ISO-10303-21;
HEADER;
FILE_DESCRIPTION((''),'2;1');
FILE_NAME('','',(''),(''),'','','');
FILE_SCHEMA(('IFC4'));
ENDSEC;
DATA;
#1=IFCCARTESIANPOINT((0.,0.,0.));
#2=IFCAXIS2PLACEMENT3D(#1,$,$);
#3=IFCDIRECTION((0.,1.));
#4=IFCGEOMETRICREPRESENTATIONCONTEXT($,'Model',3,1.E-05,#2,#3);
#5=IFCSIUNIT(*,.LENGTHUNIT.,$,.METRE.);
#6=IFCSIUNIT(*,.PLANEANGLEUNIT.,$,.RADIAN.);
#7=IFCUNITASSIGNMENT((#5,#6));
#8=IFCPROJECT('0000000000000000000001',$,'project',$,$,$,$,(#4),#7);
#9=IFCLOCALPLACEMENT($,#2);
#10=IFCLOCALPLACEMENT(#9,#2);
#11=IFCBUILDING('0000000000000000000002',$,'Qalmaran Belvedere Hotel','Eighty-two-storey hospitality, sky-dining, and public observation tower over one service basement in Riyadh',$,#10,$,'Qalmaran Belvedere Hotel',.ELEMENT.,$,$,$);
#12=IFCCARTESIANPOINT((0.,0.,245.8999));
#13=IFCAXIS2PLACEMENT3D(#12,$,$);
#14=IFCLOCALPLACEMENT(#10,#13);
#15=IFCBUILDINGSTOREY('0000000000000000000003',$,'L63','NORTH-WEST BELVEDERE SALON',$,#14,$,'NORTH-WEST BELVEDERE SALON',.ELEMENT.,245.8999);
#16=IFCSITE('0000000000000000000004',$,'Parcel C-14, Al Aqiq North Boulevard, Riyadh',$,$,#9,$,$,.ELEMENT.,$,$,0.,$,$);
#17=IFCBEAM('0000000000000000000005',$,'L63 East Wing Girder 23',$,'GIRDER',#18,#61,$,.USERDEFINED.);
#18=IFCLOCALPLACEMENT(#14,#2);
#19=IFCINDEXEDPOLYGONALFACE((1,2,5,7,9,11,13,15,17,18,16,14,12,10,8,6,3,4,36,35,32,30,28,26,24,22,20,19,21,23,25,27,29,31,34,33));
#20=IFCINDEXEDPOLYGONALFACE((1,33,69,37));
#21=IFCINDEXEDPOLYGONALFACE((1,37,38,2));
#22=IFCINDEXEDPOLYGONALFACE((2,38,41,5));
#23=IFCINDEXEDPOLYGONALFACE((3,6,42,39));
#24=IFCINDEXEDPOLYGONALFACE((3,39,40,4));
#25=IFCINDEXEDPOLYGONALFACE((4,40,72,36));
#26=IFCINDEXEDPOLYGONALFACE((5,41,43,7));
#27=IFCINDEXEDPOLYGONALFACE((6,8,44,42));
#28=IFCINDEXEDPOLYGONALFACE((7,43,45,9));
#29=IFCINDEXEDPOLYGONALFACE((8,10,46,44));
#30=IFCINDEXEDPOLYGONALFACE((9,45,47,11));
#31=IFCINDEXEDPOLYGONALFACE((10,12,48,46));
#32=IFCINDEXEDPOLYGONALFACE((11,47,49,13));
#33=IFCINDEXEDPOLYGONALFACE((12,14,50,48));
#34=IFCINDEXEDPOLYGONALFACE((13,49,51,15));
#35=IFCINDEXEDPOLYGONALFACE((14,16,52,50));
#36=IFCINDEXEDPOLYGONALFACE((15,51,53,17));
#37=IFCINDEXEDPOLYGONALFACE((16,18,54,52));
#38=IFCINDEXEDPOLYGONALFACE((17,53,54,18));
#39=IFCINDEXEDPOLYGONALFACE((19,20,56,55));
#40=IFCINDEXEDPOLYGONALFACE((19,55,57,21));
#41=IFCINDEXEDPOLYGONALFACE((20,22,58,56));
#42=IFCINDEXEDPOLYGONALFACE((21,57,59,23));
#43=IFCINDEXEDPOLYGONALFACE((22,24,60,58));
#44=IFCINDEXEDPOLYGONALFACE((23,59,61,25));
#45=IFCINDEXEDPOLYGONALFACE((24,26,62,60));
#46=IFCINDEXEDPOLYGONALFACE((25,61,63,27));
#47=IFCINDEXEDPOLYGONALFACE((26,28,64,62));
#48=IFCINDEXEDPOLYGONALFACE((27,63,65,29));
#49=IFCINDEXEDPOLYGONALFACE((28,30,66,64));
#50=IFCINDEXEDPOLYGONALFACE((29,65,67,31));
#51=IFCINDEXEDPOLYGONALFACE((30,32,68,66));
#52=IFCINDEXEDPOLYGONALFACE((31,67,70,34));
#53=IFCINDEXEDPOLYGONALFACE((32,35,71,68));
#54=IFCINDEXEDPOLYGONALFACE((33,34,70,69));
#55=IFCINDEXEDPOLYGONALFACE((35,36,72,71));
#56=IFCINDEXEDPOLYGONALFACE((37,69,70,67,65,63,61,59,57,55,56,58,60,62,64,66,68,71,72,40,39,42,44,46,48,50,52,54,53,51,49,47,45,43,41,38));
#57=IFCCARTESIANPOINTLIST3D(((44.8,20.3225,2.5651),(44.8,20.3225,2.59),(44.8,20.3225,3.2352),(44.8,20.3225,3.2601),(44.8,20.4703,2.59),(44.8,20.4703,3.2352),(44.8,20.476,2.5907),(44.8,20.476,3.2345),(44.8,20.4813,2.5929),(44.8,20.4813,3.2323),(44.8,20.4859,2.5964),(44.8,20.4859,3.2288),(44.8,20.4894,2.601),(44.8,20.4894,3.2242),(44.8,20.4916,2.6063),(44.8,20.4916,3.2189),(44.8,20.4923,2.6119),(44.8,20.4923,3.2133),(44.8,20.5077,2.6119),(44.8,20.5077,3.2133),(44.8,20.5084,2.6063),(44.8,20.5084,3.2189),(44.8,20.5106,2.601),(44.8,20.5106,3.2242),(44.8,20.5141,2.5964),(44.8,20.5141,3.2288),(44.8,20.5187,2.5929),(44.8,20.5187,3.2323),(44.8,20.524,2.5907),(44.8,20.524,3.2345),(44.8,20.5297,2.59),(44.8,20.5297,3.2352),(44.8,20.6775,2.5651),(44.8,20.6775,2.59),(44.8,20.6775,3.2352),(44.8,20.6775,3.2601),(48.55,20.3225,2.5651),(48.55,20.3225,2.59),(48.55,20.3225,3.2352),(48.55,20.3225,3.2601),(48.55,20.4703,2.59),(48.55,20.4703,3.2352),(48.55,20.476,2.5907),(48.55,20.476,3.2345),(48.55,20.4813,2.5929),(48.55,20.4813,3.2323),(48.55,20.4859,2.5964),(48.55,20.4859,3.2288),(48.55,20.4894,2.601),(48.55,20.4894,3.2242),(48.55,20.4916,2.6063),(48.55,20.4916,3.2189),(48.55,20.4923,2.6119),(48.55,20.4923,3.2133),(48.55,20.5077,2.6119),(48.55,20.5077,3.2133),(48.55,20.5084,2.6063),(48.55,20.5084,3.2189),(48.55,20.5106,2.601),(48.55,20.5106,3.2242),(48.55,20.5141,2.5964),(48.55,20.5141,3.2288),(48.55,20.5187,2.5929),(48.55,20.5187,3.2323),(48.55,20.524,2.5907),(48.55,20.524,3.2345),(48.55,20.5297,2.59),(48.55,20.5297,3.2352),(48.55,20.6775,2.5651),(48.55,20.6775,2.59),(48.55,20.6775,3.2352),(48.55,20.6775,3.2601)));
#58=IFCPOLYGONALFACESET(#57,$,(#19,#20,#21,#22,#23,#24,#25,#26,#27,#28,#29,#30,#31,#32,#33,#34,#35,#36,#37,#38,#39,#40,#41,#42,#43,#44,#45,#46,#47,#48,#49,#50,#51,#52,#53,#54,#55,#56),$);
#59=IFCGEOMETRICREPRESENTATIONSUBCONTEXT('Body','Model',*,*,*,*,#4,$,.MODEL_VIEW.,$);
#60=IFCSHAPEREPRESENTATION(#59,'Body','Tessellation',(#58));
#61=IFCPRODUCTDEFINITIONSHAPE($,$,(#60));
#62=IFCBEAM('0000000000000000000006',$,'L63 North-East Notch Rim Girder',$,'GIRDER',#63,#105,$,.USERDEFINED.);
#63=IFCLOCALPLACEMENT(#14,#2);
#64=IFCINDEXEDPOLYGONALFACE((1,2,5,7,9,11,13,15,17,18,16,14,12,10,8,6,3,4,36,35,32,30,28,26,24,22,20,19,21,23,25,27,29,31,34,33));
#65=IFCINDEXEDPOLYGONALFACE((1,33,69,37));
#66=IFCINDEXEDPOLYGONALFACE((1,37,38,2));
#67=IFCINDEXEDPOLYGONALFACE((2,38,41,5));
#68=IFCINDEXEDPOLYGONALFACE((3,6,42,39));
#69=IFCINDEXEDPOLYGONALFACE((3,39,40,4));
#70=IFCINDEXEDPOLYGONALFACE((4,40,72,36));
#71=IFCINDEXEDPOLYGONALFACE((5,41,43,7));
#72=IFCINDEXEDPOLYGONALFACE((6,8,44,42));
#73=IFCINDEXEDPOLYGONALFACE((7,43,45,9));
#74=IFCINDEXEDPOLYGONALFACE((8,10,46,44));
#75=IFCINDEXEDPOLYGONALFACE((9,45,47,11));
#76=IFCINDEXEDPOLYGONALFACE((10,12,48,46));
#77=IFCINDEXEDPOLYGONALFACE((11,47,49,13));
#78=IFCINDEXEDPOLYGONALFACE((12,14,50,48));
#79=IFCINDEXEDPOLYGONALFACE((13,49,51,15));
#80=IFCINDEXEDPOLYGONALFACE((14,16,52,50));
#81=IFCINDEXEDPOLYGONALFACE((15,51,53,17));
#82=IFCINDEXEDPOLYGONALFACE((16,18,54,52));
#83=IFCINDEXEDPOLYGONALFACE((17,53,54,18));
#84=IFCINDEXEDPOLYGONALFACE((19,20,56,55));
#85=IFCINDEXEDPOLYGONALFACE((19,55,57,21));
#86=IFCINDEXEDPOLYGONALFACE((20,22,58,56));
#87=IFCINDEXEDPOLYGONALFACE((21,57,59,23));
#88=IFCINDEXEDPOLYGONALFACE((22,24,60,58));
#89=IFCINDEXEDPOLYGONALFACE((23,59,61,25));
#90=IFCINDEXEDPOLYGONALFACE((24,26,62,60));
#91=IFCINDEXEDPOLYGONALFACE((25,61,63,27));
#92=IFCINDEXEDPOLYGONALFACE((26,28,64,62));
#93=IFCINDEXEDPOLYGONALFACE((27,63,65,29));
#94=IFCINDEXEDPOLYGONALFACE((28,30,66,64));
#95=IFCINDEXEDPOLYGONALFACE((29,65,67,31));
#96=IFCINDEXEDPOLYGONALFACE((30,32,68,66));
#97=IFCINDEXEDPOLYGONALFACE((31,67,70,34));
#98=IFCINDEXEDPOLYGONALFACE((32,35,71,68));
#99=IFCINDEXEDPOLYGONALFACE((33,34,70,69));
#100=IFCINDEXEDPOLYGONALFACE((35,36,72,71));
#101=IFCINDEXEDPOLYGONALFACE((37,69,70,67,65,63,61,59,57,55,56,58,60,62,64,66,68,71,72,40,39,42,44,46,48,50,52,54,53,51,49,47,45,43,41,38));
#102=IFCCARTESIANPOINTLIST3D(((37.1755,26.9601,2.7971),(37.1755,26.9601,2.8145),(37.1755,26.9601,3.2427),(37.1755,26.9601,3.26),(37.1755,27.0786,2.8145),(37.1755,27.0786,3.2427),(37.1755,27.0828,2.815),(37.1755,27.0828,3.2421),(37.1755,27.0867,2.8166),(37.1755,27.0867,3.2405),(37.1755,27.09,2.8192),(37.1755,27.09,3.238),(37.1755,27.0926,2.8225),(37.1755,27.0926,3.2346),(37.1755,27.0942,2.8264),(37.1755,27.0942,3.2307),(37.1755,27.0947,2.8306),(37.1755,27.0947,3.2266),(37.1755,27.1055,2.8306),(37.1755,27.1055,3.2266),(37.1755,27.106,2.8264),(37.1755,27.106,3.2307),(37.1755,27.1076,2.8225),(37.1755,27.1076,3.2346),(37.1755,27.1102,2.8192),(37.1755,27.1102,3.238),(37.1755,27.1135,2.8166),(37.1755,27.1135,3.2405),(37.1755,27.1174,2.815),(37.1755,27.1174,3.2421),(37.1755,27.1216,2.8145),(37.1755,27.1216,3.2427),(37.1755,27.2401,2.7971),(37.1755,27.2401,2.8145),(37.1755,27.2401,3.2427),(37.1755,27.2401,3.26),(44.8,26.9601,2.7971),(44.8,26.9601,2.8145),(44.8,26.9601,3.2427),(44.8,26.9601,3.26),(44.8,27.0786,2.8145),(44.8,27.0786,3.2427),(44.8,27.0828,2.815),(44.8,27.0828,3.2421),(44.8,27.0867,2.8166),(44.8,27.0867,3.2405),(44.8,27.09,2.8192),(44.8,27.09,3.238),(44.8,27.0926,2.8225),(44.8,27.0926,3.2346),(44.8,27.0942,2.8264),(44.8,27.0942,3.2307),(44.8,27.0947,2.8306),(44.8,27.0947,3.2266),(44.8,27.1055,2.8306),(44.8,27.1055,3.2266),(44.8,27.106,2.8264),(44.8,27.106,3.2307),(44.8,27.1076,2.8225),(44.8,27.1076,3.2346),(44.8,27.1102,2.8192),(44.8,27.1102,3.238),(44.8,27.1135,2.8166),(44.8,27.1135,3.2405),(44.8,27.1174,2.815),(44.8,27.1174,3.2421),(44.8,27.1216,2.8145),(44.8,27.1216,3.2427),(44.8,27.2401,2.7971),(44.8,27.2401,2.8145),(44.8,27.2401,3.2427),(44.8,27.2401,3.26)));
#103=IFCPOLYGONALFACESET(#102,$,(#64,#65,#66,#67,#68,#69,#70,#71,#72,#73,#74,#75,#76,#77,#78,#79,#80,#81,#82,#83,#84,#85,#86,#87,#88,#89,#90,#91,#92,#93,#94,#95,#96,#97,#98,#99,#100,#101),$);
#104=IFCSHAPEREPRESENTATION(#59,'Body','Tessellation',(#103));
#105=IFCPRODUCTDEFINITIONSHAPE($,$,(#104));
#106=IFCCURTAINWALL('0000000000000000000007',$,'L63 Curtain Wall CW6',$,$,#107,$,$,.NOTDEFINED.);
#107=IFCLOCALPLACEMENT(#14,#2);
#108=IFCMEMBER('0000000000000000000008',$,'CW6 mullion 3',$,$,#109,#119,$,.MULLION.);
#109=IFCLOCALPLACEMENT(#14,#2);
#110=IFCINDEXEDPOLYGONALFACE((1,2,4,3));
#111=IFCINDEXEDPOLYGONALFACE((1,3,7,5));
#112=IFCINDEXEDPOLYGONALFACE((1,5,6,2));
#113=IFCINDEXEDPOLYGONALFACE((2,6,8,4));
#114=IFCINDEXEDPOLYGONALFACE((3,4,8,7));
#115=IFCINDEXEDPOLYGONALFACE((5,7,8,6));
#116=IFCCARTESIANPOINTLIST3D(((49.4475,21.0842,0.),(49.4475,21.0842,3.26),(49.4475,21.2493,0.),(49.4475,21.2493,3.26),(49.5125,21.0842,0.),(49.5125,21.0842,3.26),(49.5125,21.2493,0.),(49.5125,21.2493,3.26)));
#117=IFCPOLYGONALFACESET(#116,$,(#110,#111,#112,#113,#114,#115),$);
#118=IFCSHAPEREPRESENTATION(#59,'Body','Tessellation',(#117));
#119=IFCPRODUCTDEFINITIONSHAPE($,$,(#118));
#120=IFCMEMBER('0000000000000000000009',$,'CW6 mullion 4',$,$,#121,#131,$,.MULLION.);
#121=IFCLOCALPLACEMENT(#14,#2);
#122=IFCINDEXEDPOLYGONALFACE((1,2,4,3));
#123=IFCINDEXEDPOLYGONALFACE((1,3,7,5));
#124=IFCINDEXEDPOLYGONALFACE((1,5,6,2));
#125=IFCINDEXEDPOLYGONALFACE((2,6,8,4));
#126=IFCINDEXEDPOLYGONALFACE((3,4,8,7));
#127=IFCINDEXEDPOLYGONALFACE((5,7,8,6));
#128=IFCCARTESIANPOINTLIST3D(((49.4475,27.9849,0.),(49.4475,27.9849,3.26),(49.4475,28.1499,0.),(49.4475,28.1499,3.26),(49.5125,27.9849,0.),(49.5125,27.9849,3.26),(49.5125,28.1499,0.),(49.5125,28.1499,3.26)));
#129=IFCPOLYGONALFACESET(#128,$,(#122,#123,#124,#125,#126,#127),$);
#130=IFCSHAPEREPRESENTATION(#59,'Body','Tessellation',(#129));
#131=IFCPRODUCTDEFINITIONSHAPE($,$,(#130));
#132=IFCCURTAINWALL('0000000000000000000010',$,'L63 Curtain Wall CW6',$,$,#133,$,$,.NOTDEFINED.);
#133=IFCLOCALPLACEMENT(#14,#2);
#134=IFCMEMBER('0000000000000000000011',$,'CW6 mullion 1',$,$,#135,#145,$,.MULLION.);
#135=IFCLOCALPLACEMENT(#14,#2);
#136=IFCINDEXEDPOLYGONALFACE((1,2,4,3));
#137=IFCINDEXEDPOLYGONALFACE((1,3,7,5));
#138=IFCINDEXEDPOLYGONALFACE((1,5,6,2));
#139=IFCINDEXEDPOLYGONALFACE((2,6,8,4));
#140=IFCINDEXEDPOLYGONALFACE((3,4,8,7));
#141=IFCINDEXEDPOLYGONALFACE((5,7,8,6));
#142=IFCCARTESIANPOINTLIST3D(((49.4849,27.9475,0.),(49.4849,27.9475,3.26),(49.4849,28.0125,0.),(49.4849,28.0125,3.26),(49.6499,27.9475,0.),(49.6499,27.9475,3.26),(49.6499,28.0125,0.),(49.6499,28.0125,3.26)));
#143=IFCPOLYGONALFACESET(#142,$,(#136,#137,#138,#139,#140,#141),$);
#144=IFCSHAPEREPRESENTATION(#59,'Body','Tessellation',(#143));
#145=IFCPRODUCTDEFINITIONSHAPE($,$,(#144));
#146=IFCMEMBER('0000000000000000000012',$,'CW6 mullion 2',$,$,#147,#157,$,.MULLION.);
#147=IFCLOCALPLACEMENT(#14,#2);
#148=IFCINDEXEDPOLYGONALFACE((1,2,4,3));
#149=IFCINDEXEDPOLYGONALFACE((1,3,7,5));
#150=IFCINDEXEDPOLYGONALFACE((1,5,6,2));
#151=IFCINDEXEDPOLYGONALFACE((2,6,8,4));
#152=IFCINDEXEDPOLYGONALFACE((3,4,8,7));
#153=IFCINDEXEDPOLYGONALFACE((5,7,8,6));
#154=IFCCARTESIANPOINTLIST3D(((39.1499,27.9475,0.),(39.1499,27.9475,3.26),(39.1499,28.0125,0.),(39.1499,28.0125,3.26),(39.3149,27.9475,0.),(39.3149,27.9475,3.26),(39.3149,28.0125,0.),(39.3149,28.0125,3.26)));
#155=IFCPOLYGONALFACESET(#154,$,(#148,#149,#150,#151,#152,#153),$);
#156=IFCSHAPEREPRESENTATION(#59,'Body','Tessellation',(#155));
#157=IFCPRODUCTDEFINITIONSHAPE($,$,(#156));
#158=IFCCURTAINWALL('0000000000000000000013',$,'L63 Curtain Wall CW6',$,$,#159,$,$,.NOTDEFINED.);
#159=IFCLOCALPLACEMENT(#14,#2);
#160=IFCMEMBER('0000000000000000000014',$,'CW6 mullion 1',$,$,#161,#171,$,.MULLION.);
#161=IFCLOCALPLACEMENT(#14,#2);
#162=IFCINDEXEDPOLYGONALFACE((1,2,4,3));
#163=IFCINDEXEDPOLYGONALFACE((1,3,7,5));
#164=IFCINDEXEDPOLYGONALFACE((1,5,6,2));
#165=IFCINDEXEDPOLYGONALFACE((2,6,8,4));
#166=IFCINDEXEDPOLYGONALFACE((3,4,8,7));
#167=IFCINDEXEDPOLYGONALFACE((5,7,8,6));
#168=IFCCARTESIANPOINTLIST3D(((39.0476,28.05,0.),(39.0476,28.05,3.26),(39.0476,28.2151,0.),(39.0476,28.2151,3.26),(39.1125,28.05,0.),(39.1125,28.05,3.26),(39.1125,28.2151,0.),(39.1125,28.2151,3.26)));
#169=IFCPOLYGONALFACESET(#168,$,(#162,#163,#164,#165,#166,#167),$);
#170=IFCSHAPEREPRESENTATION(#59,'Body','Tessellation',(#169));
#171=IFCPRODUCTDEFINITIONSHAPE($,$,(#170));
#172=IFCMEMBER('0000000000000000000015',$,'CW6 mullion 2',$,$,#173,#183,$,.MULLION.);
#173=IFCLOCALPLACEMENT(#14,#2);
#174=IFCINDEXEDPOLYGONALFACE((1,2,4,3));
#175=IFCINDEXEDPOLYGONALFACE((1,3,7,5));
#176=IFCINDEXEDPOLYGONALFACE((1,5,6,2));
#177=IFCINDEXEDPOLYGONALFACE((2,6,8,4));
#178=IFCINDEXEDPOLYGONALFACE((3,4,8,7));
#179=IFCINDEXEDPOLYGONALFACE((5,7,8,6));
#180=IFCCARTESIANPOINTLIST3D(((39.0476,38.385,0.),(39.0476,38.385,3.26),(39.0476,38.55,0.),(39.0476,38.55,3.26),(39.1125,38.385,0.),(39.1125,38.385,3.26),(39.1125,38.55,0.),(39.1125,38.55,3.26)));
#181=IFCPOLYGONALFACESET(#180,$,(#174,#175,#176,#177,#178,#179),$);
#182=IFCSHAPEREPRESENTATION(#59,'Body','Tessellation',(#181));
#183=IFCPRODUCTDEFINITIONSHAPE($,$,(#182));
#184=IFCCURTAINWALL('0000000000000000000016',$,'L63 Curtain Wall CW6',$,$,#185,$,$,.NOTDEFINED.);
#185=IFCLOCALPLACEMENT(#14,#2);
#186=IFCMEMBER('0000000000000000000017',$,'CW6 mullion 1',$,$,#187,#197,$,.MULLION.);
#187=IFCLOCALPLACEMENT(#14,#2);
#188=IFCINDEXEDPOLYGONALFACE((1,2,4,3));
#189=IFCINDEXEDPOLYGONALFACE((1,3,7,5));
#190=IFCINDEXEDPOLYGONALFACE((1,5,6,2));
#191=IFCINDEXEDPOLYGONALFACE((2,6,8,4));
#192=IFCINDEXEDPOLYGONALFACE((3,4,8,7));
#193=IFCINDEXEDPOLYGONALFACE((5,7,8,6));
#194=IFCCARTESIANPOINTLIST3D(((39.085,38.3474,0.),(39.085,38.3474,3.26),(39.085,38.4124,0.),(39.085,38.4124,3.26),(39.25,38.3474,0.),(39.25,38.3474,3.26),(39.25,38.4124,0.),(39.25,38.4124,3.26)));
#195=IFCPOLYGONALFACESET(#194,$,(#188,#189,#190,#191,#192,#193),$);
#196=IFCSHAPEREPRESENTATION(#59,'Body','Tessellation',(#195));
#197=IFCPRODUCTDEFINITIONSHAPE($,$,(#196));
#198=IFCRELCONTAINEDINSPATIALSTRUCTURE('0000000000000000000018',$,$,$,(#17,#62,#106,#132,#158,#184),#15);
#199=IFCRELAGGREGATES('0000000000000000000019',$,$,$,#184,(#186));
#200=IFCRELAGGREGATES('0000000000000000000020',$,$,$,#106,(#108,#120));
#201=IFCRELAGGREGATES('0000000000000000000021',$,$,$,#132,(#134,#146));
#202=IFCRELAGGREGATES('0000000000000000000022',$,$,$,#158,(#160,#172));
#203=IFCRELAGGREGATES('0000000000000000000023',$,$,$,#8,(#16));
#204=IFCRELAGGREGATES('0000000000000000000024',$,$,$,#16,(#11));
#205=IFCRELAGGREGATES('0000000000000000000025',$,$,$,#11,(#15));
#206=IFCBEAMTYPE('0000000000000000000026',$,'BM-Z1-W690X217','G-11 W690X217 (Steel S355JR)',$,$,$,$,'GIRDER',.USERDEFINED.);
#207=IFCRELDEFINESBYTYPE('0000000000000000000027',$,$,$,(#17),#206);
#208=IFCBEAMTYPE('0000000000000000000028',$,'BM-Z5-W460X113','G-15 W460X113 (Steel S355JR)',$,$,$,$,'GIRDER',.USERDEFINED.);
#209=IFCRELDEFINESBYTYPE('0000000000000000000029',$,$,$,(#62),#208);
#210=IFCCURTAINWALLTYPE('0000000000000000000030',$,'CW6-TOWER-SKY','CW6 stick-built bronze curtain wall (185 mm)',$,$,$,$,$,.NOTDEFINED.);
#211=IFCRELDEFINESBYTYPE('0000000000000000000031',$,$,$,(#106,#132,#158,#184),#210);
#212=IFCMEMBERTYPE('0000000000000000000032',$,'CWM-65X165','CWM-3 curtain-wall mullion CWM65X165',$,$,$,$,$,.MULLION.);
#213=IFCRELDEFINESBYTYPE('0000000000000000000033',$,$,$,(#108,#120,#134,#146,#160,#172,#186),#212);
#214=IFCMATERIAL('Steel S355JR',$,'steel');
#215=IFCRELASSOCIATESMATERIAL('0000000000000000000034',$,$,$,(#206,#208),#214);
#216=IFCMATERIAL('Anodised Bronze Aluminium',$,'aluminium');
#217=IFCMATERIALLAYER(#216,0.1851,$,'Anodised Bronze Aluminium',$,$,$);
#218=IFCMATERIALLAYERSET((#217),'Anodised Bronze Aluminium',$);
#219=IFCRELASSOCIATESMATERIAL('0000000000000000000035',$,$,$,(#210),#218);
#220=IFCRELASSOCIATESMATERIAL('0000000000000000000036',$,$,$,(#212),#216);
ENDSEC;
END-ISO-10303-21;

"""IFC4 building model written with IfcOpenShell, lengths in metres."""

from ifc_helpers import new_model, si_unit, direction, frame, origin, origin_2d, place, context, subcontext, project, spatial, rectangle, i_section, extrude, material, layer, layer_set, material_profile, profile_set, type_object, element, aggregate, save


model = new_model("IFC4")

# Units and contexts
model_context = context("Model", 3, precision=1e-05, world=origin(), true_north=direction((0.0, 1.0)))
body_context = subcontext(model_context, "Body", "Model", "MODEL_VIEW")
ifc_project = project(units=[si_unit("LENGTHUNIT", "METRE"), si_unit("PLANEANGLEUNIT", "RADIAN")], contexts=[model_context])

# Site, building, storey
site_placement = place(None, origin())
site = spatial("IfcSite", under=ifc_project, at=site_placement, Name="Parcel C-14, Al Aqiq North Boulevard, Riyadh", CompositionType="ELEMENT", RefElevation=0.0)
building_placement = place(site_placement, origin())
building = spatial("IfcBuilding", under=site, at=building_placement, Name="Qalmaran Belvedere Hotel", Description="Eighty-two-storey hospitality, sky-dining, and public observation tower over one service basement in Riyadh", LongName="Qalmaran Belvedere Hotel", CompositionType="ELEMENT")
storey_placement = place(building_placement, frame((0.0, 0.0, 245.8999)))
storey = spatial("IfcBuildingStorey", under=building, at=storey_placement, Name="L63", Description="NORTH-WEST BELVEDERE SALON", LongName="NORTH-WEST BELVEDERE SALON", CompositionType="ELEMENT", Elevation=245.8999)

# Beams
ifc_material_1 = material(Name="Steel S355JR", Category="steel")
ifc_material_profile_1 = material_profile(ifc_material_1, i_section(OverallWidth=0.355, OverallDepth=0.6951, WebThickness=0.0154, FlangeThickness=0.0249, FilletRadius=0.022, at=origin_2d()), Name="W690X217")
ifc_profile_set_1 = profile_set([ifc_material_profile_1], Name="Steel S355JR")
beam_type_1 = type_object("IfcBeamType", Name="BM-Z1-W690X217", Description="G-11 W690X217 (Steel S355JR)", ElementType="GIRDER", PredefinedType="USERDEFINED", material=ifc_profile_set_1)
beam_1_placement = place(storey_placement, frame((44.8, 20.5, 2.9126), z_axis=(1.0, 0.0, 0.0), x_axis=(0.0, 1.0, 0.0)))
element("IfcBeam", 1, at=beam_1_placement, inside=storey, type_object=beam_type_1, Name="L63 East Wing Girder 23", ObjectType="GIRDER", PredefinedType="USERDEFINED", context=body_context, shape_type="SweptSolid", body=[
    extrude(i_section(OverallWidth=0.355, OverallDepth=0.6951, WebThickness=0.0154, FlangeThickness=0.0249, FilletRadius=0.022, at=origin_2d()), origin(), (0.0, 0.0, 1.0), 3.75),
])
ifc_material_profile_2 = material_profile(ifc_material_1, i_section(OverallWidth=0.28, OverallDepth=0.4629, WebThickness=0.0107, FlangeThickness=0.0173, FilletRadius=0.0161, at=origin_2d()), Name="W460X113")
ifc_profile_set_2 = profile_set([ifc_material_profile_2], Name="Steel S355JR")
beam_type_2 = type_object("IfcBeamType", Name="BM-Z5-W460X113", Description="G-15 W460X113 (Steel S355JR)", ElementType="GIRDER", PredefinedType="USERDEFINED", material=ifc_profile_set_2)
beam_2_placement = place(storey_placement, frame((37.1755, 27.1001, 3.0286), z_axis=(1.0, 0.0, 0.0), x_axis=(0.0, 1.0, 0.0)))
element("IfcBeam", 2, at=beam_2_placement, inside=storey, type_object=beam_type_2, Name="L63 North-East Notch Rim Girder", ObjectType="GIRDER", PredefinedType="USERDEFINED", context=body_context, shape_type="SweptSolid", body=[
    extrude(i_section(OverallWidth=0.28, OverallDepth=0.4629, WebThickness=0.0107, FlangeThickness=0.0173, FilletRadius=0.0161, at=origin_2d()), origin(), (0.0, 0.0, 1.0), 7.6245),
])

# Curtain walls, members
ifc_material_2 = material(Name="Anodised Bronze Aluminium", Category="aluminium")
ifc_layer_1 = layer(ifc_material_2, 0.1851, Name="Anodised Bronze Aluminium")
ifc_layer_set_1 = layer_set([ifc_layer_1], Name="Anodised Bronze Aluminium")
curtain_wall_type = type_object("IfcCurtainWallType", Name="CW6-TOWER-SKY", Description="CW6 stick-built bronze curtain wall (185 mm)", PredefinedType="NOTDEFINED", material=ifc_layer_set_1)
curtain_wall_1_placement = place(storey_placement, origin())
curtain_wall_1 = element("IfcCurtainWall", 3, at=curtain_wall_1_placement, inside=storey, type_object=curtain_wall_type, Name="L63 Curtain Wall CW6", PredefinedType="NOTDEFINED")
ifc_material_profile_3 = material_profile(ifc_material_2, rectangle(XDim=0.0649, YDim=0.165, at=origin_2d()), Name="CWM65X165")
ifc_profile_set_3 = profile_set([ifc_material_profile_3], Name="Anodised Bronze Aluminium")
member_type_1 = type_object("IfcMemberType", Name="CWM-65X165", Description="CWM-3 curtain-wall mullion CWM65X165", PredefinedType="MULLION", material=ifc_profile_set_3)
member_1_placement = place(storey_placement, frame((49.48, 21.1667, 0.0), z_axis=(0.0, 0.0, 1.0), x_axis=(-1.0, 0.0, 0.0)))
member_1 = element("IfcMember", 4, at=member_1_placement, type_object=member_type_1, Name="CW6 mullion 3", PredefinedType="MULLION", context=body_context, shape_type="SweptSolid", body=[
    extrude(rectangle(XDim=0.0649, YDim=0.165, at=origin_2d()), origin(), (0.0, 0.0, 1.0), 3.26),
])
member_2_placement = place(storey_placement, frame((49.48, 28.0674, 0.0), z_axis=(0.0, 0.0, 1.0), x_axis=(-1.0, 0.0, 0.0)))
member_2 = element("IfcMember", 5, at=member_2_placement, type_object=member_type_1, Name="CW6 mullion 4", PredefinedType="MULLION", context=body_context, shape_type="SweptSolid", body=[
    extrude(rectangle(XDim=0.0649, YDim=0.165, at=origin_2d()), origin(), (0.0, 0.0, 1.0), 3.26),
])
curtain_wall_2_placement = place(storey_placement, origin())
curtain_wall_2 = element("IfcCurtainWall", 6, at=curtain_wall_2_placement, inside=storey, type_object=curtain_wall_type, Name="L63 Curtain Wall CW6", PredefinedType="NOTDEFINED")
member_3_placement = place(storey_placement, frame((49.5674, 27.98, 0.0), z_axis=(0.0, 0.0, 1.0), x_axis=(0.0, -1.0, 0.0)))
member_3 = element("IfcMember", 7, at=member_3_placement, type_object=member_type_1, Name="CW6 mullion 1", PredefinedType="MULLION", context=body_context, shape_type="SweptSolid", body=[
    extrude(rectangle(XDim=0.0649, YDim=0.165, at=origin_2d()), origin(), (0.0, 0.0, 1.0), 3.26),
])
member_4_placement = place(storey_placement, frame((39.2324, 27.98, 0.0), z_axis=(0.0, 0.0, 1.0), x_axis=(0.0, -1.0, 0.0)))
member_4 = element("IfcMember", 8, at=member_4_placement, type_object=member_type_1, Name="CW6 mullion 2", PredefinedType="MULLION", context=body_context, shape_type="SweptSolid", body=[
    extrude(rectangle(XDim=0.0649, YDim=0.165, at=origin_2d()), origin(), (0.0, 0.0, 1.0), 3.26),
])
curtain_wall_3_placement = place(storey_placement, origin())
curtain_wall_3 = element("IfcCurtainWall", 9, at=curtain_wall_3_placement, inside=storey, type_object=curtain_wall_type, Name="L63 Curtain Wall CW6", PredefinedType="NOTDEFINED")
member_5_placement = place(storey_placement, frame((39.0801, 28.1326, 0.0), z_axis=(0.0, 0.0, 1.0), x_axis=(-1.0, 0.0, 0.0)))
member_5 = element("IfcMember", 10, at=member_5_placement, type_object=member_type_1, Name="CW6 mullion 1", PredefinedType="MULLION", context=body_context, shape_type="SweptSolid", body=[
    extrude(rectangle(XDim=0.0649, YDim=0.165, at=origin_2d()), origin(), (0.0, 0.0, 1.0), 3.26),
])
member_6_placement = place(storey_placement, frame((39.0801, 38.4675, 0.0), z_axis=(0.0, 0.0, 1.0), x_axis=(-1.0, 0.0, 0.0)))
member_6 = element("IfcMember", 11, at=member_6_placement, type_object=member_type_1, Name="CW6 mullion 2", PredefinedType="MULLION", context=body_context, shape_type="SweptSolid", body=[
    extrude(rectangle(XDim=0.0649, YDim=0.165, at=origin_2d()), origin(), (0.0, 0.0, 1.0), 3.26),
])

# Curtain wall, member
curtain_wall_4_placement = place(storey_placement, origin())
curtain_wall_4 = element("IfcCurtainWall", 12, at=curtain_wall_4_placement, inside=storey, type_object=curtain_wall_type, Name="L63 Curtain Wall CW6", PredefinedType="NOTDEFINED")
member_7_placement = place(storey_placement, frame((39.1675, 38.3799, 0.0), z_axis=(0.0, 0.0, 1.0), x_axis=(0.0, -1.0, 0.0)))
member_7 = element("IfcMember", 13, at=member_7_placement, type_object=member_type_1, Name="CW6 mullion 1", PredefinedType="MULLION", context=body_context, shape_type="SweptSolid", body=[
    extrude(rectangle(XDim=0.0649, YDim=0.165, at=origin_2d()), origin(), (0.0, 0.0, 1.0), 3.26),
])

aggregate(curtain_wall_4, [member_7])

aggregate(curtain_wall_1, [member_1, member_2])
aggregate(curtain_wall_2, [member_3, member_4])
aggregate(curtain_wall_3, [member_5, member_6])

save(model, "model.ifc")
